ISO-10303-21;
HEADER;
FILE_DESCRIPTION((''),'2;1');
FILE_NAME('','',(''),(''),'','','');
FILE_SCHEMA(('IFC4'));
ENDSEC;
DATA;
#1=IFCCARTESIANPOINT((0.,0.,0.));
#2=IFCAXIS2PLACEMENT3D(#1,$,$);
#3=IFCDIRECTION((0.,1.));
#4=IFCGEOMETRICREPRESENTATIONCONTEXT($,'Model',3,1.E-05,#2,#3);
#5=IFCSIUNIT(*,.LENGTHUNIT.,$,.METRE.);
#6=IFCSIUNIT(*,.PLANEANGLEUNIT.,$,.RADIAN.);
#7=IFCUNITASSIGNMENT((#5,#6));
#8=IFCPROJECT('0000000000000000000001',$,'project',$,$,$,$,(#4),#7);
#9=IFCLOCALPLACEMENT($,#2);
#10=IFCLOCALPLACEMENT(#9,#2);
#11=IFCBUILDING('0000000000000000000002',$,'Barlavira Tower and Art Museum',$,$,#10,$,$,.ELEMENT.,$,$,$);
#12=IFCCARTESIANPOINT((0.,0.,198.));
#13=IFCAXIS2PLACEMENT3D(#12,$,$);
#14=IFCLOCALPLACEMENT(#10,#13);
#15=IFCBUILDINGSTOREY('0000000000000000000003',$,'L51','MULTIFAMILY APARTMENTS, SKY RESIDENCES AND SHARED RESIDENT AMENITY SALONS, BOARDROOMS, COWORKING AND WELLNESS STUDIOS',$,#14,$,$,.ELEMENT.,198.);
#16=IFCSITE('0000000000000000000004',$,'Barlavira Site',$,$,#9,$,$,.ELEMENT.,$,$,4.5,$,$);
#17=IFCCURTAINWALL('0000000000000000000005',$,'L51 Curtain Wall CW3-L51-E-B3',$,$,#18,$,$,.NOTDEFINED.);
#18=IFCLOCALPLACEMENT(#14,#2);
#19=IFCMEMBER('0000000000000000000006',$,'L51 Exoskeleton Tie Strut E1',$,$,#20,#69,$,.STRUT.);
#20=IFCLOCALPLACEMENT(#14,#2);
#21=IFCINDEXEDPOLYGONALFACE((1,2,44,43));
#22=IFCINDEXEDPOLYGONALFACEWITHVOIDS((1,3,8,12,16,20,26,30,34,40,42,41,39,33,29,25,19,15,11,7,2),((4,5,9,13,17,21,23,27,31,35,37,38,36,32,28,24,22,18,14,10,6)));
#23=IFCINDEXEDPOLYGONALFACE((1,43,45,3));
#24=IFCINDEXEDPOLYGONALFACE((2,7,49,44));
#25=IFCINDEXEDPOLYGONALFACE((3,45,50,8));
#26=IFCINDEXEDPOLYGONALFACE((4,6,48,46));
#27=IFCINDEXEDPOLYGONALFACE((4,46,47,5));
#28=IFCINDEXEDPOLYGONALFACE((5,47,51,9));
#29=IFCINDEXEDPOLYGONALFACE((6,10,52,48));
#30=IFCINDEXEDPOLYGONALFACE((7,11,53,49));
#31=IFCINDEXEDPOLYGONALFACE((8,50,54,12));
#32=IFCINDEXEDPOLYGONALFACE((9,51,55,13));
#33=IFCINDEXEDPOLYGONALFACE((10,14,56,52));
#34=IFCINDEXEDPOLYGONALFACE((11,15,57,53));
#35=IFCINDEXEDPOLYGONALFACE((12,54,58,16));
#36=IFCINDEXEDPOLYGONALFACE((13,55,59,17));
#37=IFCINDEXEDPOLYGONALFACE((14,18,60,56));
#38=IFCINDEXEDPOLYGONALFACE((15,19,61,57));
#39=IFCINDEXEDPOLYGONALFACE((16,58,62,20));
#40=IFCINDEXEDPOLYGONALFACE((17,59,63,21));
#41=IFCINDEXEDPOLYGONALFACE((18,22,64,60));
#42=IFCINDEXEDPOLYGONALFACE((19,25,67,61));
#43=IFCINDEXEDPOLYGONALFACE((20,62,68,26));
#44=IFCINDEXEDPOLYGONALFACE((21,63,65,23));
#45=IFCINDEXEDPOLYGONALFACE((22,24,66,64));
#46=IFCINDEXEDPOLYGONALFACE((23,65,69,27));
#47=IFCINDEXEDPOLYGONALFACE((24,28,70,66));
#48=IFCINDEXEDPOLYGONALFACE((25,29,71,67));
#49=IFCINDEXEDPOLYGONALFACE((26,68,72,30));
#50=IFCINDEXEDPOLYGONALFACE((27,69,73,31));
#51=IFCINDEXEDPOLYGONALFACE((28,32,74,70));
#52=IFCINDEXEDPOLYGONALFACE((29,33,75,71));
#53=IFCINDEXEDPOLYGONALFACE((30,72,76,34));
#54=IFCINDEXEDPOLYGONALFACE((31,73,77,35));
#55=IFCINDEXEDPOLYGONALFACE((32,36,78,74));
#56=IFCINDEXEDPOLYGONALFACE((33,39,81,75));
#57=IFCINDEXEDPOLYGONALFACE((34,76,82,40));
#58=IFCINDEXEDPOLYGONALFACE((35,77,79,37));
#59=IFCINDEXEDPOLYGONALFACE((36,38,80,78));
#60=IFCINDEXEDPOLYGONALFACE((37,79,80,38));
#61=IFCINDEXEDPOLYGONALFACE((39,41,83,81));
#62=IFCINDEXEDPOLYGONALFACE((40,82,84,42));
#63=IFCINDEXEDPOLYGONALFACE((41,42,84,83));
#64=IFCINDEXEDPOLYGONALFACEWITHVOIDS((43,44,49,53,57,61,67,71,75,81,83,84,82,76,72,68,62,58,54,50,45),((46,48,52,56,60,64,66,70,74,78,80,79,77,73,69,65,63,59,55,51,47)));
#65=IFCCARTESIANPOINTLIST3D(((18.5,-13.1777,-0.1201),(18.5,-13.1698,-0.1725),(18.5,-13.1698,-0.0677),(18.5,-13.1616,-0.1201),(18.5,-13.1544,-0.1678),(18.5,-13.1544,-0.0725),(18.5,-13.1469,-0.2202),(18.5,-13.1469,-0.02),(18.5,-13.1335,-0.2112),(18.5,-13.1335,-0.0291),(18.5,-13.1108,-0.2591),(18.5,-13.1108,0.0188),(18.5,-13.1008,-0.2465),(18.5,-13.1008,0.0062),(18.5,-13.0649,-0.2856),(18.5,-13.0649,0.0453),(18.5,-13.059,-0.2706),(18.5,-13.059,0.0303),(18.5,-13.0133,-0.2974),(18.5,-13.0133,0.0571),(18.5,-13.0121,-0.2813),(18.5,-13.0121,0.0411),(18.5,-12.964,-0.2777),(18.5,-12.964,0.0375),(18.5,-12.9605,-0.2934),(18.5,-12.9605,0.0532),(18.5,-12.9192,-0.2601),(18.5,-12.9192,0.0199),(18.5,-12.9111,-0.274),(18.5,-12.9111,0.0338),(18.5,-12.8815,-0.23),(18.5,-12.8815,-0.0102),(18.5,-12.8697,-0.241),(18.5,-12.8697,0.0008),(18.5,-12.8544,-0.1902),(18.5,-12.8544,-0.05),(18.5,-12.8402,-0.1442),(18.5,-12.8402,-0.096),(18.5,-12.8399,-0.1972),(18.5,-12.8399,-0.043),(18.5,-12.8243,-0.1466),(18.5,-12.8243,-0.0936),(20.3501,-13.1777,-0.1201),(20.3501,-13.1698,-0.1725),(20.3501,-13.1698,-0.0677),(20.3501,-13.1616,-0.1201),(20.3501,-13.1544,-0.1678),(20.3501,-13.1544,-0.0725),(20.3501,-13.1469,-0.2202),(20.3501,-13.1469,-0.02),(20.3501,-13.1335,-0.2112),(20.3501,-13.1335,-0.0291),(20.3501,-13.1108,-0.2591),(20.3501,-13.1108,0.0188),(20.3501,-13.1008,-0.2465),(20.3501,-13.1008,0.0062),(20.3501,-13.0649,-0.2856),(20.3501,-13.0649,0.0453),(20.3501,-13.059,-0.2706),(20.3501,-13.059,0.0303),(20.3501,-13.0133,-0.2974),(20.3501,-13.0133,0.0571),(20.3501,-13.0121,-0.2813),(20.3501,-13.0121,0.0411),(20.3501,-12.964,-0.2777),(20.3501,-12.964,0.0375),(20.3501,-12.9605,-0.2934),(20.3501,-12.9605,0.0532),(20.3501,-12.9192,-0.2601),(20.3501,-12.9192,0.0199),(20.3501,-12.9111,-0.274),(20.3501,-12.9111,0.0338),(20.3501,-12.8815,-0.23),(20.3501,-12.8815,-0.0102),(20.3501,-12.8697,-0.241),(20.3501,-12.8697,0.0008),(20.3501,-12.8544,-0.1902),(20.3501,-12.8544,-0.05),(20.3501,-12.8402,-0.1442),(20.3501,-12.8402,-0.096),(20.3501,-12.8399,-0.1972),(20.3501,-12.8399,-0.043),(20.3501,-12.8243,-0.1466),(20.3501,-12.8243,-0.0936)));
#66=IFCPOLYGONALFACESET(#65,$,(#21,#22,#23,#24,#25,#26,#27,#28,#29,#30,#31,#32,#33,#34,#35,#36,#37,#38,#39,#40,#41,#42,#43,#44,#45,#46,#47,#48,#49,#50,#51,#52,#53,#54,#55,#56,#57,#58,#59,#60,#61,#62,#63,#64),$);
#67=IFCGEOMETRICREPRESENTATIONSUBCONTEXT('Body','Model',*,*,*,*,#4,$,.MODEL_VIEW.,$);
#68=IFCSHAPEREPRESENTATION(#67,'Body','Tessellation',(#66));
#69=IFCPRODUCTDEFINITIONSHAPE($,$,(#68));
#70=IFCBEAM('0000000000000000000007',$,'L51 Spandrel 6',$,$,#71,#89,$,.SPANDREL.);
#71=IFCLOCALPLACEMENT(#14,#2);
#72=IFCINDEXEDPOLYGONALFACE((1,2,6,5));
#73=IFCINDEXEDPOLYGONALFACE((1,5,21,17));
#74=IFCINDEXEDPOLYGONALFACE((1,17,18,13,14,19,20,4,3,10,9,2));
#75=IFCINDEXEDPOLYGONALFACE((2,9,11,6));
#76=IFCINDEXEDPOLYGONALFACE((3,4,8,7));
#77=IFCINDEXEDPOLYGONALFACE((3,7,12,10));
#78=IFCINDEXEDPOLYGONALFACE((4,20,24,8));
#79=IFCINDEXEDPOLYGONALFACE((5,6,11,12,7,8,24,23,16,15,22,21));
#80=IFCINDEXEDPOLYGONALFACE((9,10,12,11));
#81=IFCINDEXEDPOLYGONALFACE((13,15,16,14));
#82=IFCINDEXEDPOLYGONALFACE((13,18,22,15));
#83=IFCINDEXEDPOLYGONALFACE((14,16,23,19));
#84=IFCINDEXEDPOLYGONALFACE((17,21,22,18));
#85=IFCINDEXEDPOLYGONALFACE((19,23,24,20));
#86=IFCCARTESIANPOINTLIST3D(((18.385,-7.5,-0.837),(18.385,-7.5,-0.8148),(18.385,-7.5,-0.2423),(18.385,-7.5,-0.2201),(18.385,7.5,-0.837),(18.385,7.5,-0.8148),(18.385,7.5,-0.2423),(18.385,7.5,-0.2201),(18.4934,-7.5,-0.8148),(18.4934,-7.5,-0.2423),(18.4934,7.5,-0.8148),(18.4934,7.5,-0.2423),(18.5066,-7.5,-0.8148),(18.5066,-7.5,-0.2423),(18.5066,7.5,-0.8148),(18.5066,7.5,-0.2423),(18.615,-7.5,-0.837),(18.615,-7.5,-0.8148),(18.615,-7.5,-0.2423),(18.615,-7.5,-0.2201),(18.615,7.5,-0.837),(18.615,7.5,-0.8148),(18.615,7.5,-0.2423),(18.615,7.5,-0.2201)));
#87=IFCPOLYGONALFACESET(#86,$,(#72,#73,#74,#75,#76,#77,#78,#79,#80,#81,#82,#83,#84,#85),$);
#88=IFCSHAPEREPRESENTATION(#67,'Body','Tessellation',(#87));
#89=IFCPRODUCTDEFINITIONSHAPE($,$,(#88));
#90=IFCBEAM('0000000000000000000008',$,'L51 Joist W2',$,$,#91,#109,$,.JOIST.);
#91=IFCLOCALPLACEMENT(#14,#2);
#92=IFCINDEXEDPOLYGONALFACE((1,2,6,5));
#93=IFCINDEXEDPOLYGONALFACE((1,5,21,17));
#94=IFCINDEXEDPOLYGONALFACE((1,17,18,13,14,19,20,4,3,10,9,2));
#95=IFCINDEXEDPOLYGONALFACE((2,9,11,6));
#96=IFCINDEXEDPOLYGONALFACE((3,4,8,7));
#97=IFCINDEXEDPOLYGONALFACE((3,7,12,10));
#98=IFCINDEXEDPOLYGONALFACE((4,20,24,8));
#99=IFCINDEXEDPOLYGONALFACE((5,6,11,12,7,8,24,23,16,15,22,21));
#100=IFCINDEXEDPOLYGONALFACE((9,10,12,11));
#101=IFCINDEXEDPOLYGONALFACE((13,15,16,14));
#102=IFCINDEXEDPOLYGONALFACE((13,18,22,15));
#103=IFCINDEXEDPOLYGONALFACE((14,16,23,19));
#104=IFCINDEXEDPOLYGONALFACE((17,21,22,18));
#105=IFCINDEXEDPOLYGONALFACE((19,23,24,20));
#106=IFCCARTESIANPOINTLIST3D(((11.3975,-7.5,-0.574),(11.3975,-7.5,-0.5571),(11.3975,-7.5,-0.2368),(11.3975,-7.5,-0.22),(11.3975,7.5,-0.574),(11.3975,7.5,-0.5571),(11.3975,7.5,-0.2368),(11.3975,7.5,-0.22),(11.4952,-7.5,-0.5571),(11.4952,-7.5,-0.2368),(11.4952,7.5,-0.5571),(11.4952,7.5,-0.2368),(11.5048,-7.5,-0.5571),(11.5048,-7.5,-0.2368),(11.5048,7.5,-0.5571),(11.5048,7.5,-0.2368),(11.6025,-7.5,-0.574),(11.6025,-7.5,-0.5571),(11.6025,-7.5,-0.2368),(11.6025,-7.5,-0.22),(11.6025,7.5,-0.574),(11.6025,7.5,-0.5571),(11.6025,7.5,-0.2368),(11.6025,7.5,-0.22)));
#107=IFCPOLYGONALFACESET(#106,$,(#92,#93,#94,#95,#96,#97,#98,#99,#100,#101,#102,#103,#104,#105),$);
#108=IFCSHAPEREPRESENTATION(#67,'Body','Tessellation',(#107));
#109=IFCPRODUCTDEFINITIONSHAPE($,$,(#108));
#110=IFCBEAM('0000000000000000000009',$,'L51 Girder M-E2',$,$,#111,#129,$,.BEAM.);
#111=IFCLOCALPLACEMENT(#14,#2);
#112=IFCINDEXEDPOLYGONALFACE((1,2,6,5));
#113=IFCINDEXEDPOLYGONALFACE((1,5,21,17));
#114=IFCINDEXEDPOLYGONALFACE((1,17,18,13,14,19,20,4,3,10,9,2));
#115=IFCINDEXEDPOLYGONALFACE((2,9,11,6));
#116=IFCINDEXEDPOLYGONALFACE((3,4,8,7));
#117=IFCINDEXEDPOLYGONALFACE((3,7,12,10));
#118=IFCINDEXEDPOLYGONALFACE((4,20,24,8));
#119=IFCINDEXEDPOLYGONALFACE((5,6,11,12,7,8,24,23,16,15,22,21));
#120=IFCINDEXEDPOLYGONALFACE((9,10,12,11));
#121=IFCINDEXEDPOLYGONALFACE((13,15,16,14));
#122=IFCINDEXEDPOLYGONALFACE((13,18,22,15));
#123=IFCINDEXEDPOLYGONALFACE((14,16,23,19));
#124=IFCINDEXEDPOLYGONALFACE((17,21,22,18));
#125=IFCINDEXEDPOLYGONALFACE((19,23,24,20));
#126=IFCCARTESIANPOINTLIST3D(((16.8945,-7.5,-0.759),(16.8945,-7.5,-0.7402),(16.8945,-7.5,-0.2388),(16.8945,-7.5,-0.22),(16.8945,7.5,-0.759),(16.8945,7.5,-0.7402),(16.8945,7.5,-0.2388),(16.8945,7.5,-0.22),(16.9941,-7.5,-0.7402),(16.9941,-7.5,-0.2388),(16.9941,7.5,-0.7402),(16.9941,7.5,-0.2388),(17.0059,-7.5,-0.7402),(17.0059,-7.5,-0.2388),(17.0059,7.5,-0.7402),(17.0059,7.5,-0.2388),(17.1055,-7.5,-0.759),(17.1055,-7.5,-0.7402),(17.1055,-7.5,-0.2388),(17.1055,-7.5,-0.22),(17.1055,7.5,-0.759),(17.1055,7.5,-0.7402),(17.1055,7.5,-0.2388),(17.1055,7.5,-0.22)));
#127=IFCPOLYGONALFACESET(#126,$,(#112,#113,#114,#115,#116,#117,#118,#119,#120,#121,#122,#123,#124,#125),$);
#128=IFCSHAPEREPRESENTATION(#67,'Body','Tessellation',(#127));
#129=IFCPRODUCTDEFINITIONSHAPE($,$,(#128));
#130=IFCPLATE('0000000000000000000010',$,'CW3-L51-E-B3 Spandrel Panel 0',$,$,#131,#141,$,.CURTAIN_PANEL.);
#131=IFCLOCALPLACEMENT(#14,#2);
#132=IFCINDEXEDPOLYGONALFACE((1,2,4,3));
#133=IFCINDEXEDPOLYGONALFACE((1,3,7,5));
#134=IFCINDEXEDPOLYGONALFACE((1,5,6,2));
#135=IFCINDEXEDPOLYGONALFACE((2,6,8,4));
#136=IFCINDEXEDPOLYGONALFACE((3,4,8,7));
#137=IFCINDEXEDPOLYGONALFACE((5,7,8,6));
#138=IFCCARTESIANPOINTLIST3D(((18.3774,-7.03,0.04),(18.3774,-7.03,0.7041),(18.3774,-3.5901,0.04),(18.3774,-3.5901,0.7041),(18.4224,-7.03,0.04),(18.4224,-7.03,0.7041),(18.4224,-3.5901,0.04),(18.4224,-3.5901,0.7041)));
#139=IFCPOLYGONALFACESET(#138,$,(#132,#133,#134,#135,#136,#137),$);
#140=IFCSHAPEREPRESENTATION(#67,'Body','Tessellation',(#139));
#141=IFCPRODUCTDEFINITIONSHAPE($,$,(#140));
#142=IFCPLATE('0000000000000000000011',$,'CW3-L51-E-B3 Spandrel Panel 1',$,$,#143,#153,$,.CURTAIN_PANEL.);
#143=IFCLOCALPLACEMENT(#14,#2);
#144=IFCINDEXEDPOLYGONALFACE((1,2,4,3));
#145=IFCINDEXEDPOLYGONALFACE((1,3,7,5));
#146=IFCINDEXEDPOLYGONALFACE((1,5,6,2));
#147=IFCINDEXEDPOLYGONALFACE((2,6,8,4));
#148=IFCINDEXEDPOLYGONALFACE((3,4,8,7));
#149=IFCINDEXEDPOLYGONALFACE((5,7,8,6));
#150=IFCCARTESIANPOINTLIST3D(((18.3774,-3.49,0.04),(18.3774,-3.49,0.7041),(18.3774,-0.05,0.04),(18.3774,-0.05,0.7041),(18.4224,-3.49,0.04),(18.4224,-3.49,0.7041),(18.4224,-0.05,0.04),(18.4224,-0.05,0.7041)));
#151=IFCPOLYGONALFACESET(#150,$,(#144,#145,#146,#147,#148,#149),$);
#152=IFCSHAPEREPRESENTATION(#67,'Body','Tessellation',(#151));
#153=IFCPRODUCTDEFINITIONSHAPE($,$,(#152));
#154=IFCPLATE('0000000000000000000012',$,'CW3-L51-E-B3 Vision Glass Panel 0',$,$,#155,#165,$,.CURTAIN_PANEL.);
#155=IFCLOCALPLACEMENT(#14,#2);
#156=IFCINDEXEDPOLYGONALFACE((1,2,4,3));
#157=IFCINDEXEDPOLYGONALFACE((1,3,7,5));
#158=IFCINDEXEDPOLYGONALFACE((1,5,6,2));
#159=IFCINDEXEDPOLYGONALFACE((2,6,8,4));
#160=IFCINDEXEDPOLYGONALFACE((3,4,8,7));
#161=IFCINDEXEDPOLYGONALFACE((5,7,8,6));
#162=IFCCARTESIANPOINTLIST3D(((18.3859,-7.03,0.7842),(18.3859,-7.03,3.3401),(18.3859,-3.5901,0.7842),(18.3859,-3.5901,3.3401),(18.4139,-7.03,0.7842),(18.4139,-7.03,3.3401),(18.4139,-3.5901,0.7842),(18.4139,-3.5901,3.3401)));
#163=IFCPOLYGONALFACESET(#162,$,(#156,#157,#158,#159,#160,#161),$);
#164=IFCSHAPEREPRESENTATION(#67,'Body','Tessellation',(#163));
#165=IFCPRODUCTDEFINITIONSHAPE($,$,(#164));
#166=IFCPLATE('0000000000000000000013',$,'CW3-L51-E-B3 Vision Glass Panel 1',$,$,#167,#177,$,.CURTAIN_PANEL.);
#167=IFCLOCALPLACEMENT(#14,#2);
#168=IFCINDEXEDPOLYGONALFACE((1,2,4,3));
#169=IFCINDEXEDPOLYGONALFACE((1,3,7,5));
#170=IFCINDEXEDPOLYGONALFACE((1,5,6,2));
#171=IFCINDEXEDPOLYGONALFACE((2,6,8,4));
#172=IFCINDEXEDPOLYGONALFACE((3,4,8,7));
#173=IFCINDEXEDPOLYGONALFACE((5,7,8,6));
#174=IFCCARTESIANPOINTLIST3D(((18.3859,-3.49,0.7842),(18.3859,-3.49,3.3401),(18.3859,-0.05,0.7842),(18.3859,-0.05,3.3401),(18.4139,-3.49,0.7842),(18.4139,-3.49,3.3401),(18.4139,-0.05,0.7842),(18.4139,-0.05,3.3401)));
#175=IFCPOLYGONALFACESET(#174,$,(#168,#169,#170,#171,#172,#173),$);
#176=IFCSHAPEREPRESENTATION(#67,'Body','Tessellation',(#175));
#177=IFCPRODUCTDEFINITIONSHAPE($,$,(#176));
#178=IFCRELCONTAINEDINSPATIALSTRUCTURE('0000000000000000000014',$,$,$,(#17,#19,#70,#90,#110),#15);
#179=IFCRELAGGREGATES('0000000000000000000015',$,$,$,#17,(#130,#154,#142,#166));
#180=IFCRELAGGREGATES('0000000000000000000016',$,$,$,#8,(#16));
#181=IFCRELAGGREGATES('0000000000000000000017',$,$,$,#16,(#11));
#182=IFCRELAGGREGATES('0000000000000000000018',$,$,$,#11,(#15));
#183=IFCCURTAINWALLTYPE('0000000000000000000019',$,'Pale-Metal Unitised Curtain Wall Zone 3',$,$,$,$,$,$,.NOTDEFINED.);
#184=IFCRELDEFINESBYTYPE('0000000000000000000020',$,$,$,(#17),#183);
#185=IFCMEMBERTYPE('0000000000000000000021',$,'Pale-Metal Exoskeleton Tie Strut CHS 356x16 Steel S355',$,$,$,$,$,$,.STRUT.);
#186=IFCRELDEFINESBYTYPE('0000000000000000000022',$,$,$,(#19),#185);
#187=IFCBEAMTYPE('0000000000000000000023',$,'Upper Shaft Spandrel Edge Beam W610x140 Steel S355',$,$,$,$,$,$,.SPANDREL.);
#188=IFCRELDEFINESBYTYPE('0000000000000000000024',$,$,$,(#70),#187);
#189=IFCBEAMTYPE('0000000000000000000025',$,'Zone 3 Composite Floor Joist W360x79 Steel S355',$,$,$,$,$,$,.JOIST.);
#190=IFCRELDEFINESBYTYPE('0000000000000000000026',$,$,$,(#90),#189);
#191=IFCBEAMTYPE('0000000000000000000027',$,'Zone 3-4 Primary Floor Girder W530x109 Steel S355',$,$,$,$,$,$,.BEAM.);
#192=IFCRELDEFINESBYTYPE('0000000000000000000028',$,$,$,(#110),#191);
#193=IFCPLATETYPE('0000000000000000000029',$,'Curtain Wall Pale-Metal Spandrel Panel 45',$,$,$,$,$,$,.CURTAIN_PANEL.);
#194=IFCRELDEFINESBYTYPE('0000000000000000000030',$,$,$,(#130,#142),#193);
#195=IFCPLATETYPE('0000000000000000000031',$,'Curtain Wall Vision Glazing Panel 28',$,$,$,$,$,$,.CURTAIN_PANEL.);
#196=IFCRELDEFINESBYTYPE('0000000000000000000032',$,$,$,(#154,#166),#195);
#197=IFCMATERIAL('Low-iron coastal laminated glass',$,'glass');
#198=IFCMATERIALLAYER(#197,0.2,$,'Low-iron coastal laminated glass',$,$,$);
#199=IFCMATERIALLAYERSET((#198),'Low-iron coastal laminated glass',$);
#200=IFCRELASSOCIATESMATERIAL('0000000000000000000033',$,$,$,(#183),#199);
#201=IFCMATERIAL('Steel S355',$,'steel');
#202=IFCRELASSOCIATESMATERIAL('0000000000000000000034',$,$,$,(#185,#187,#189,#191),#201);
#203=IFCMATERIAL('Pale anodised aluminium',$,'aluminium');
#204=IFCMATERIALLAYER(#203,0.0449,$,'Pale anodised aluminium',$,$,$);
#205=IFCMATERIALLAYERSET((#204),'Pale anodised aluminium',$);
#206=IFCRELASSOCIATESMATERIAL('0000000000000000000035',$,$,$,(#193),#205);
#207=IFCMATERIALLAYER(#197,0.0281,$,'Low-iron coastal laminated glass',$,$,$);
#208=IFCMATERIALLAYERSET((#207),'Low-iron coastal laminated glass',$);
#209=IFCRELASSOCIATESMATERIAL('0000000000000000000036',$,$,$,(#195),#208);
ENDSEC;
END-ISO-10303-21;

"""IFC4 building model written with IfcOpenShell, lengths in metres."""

from ifc_helpers import new_model, si_unit, direction, frame, origin, origin_2d, place, context, subcontext, project, spatial, rectangle, hollow_circle, i_section, extrude, material, layer, layer_set, material_profile, profile_set, type_object, element, aggregate, save


model = new_model("IFC4")

# Units and contexts
model_context = context("Model", 3, precision=1e-05, world=origin(), true_north=direction((0.0, 1.0)))
body_context = subcontext(model_context, "Body", "Model", "MODEL_VIEW")
ifc_project = project(units=[si_unit("LENGTHUNIT", "METRE"), si_unit("PLANEANGLEUNIT", "RADIAN")], contexts=[model_context])

# Site, building, storey
site_placement = place(None, origin())
site = spatial("IfcSite", under=ifc_project, at=site_placement, Name="Barlavira Site", CompositionType="ELEMENT", RefElevation=4.5)
building_placement = place(site_placement, origin())
building = spatial("IfcBuilding", under=site, at=building_placement, Name="Barlavira Tower and Art Museum", CompositionType="ELEMENT")
storey_placement = place(building_placement, frame((0.0, 0.0, 198.0)))
storey = spatial("IfcBuildingStorey", under=building, at=storey_placement, Name="L51", Description="MULTIFAMILY APARTMENTS, SKY RESIDENCES AND SHARED RESIDENT AMENITY SALONS, BOARDROOMS, COWORKING AND WELLNESS STUDIOS", CompositionType="ELEMENT", Elevation=198.0)

# Curtain wall
ifc_material_1 = material(Name="Low-iron coastal laminated glass", Category="glass")
ifc_layer_1 = layer(ifc_material_1, 0.2, Name="Low-iron coastal laminated glass")
ifc_layer_set_1 = layer_set([ifc_layer_1], Name="Low-iron coastal laminated glass")
curtain_wall_type = type_object("IfcCurtainWallType", Name="Pale-Metal Unitised Curtain Wall Zone 3", PredefinedType="NOTDEFINED", material=ifc_layer_set_1)
curtain_wall_placement = place(storey_placement, origin())
curtain_wall = element("IfcCurtainWall", 1, at=curtain_wall_placement, inside=storey, type_object=curtain_wall_type, Name="L51 Curtain Wall CW3-L51-E-B3", PredefinedType="NOTDEFINED")
ifc_material_2 = material(Name="Pale anodised aluminium", Category="aluminium")

# Member
ifc_material_3 = material(Name="Steel S355", Category="steel")
ifc_material_profile_1 = material_profile(ifc_material_3, hollow_circle(Radius=0.1777, WallThickness=0.0161, at=origin_2d()), Name="CHS 355.6x16.0")
ifc_profile_set_1 = profile_set([ifc_material_profile_1], Name="Steel S355")
member_type_1 = type_object("IfcMemberType", Name="Pale-Metal Exoskeleton Tie Strut CHS 356x16 Steel S355", PredefinedType="STRUT", material=ifc_profile_set_1)
member_1_placement = place(storey_placement, frame((20.3501, -13.0, -0.1201), z_axis=(-1.0, 0.0, 0.0), x_axis=(0.0, -1.0, 0.0)))
element("IfcMember", 2, at=member_1_placement, inside=storey, type_object=member_type_1, Name="L51 Exoskeleton Tie Strut E1", PredefinedType="STRUT", context=body_context, shape_type="SweptSolid", body=[
    extrude(hollow_circle(Radius=0.1777, WallThickness=0.0161, at=origin_2d()), origin(), (0.0, 0.0, 1.0), 1.8501),
])

# Beams
ifc_material_profile_2 = material_profile(ifc_material_3, i_section(OverallWidth=0.23, OverallDepth=0.6169, WebThickness=0.0132, FlangeThickness=0.0222, at=origin_2d()), Name="W610x140.0")
ifc_profile_set_2 = profile_set([ifc_material_profile_2], Name="Steel S355")
beam_type_1 = type_object("IfcBeamType", Name="Upper Shaft Spandrel Edge Beam W610x140 Steel S355", PredefinedType="SPANDREL", material=ifc_profile_set_2)
beam_1_placement = place(storey_placement, frame((18.5, -7.5, -0.5286), z_axis=(0.0, 1.0, 0.0), x_axis=(-1.0, 0.0, 0.0)))
element("IfcBeam", 3, at=beam_1_placement, inside=storey, type_object=beam_type_1, Name="L51 Spandrel 6", PredefinedType="SPANDREL", context=body_context, shape_type="SweptSolid", body=[
    extrude(i_section(OverallWidth=0.23, OverallDepth=0.6169, WebThickness=0.0132, FlangeThickness=0.0222, at=origin_2d()), origin(), (0.0, 0.0, 1.0), 15.0),
])
ifc_material_profile_3 = material_profile(ifc_material_3, i_section(OverallWidth=0.2051, OverallDepth=0.354, WebThickness=0.0095, FlangeThickness=0.0168, at=origin_2d()), Name="W360x79.0")
ifc_profile_set_3 = profile_set([ifc_material_profile_3], Name="Steel S355")
beam_type_2 = type_object("IfcBeamType", Name="Zone 3 Composite Floor Joist W360x79 Steel S355", PredefinedType="JOIST", material=ifc_profile_set_3)
beam_2_placement = place(storey_placement, frame((11.5, -7.5, -0.397), z_axis=(0.0, 1.0, 0.0), x_axis=(-1.0, 0.0, 0.0)))
element("IfcBeam", 4, at=beam_2_placement, inside=storey, type_object=beam_type_2, Name="L51 Joist W2", PredefinedType="JOIST", context=body_context, shape_type="SweptSolid", body=[
    extrude(i_section(OverallWidth=0.2051, OverallDepth=0.354, WebThickness=0.0095, FlangeThickness=0.0168, at=origin_2d()), origin(), (0.0, 0.0, 1.0), 15.0),
])
ifc_material_profile_4 = material_profile(ifc_material_3, i_section(OverallWidth=0.2109, OverallDepth=0.5391, WebThickness=0.0117, FlangeThickness=0.0188, at=origin_2d()), Name="W530x109.0")
ifc_profile_set_4 = profile_set([ifc_material_profile_4], Name="Steel S355")
beam_type_3 = type_object("IfcBeamType", Name="Zone 3-4 Primary Floor Girder W530x109 Steel S355", PredefinedType="BEAM", material=ifc_profile_set_4)
beam_3_placement = place(storey_placement, frame((17.0, -7.5, -0.4895), z_axis=(0.0, 1.0, 0.0), x_axis=(-1.0, 0.0, 0.0)))
element("IfcBeam", 5, at=beam_3_placement, inside=storey, type_object=beam_type_3, Name="L51 Girder M-E2", PredefinedType="BEAM", context=body_context, shape_type="SweptSolid", body=[
    extrude(i_section(OverallWidth=0.2109, OverallDepth=0.5391, WebThickness=0.0117, FlangeThickness=0.0188, at=origin_2d()), origin(), (0.0, 0.0, 1.0), 15.0),
])

# Plates
ifc_layer_2 = layer(ifc_material_2, 0.0449, Name="Pale anodised aluminium")
ifc_layer_set_2 = layer_set([ifc_layer_2], Name="Pale anodised aluminium")
plate_type_1 = type_object("IfcPlateType", Name="Curtain Wall Pale-Metal Spandrel Panel 45", PredefinedType="CURTAIN_PANEL", material=ifc_layer_set_2)
plate_1_placement = place(storey_placement, frame((18.3999, -5.3101, 0.04), z_axis=(0.0, 0.0, 1.0), x_axis=(0.0, 1.0, 0.0)))
plate_1 = element("IfcPlate", 6, at=plate_1_placement, type_object=plate_type_1, Name="CW3-L51-E-B3 Spandrel Panel 0", PredefinedType="CURTAIN_PANEL", context=body_context, shape_type="SweptSolid", body=[
    extrude(rectangle(XDim=3.4399, YDim=0.0449, at=origin_2d()), origin(), (0.0, 0.0, 1.0), 0.6641),
])
plate_2_placement = place(storey_placement, frame((18.3999, -1.77, 0.04), z_axis=(0.0, 0.0, 1.0), x_axis=(0.0, 1.0, 0.0)))
plate_2 = element("IfcPlate", 7, at=plate_2_placement, type_object=plate_type_1, Name="CW3-L51-E-B3 Spandrel Panel 1", PredefinedType="CURTAIN_PANEL", context=body_context, shape_type="SweptSolid", body=[
    extrude(rectangle(XDim=3.4399, YDim=0.0449, at=origin_2d()), origin(), (0.0, 0.0, 1.0), 0.6641),
])
ifc_layer_3 = layer(ifc_material_1, 0.0281, Name="Low-iron coastal laminated glass")
ifc_layer_set_3 = layer_set([ifc_layer_3], Name="Low-iron coastal laminated glass")
plate_type_2 = type_object("IfcPlateType", Name="Curtain Wall Vision Glazing Panel 28", PredefinedType="CURTAIN_PANEL", material=ifc_layer_set_3)
plate_3_placement = place(storey_placement, frame((18.3999, -5.3101, 0.7842), z_axis=(0.0, 0.0, 1.0), x_axis=(0.0, 1.0, 0.0)))
plate_3 = element("IfcPlate", 8, at=plate_3_placement, type_object=plate_type_2, Name="CW3-L51-E-B3 Vision Glass Panel 0", PredefinedType="CURTAIN_PANEL", context=body_context, shape_type="SweptSolid", body=[
    extrude(rectangle(XDim=3.4399, YDim=0.0281, at=origin_2d()), origin(), (0.0, 0.0, 1.0), 2.5559),
])
plate_4_placement = place(storey_placement, frame((18.3999, -1.77, 0.7842), z_axis=(0.0, 0.0, 1.0), x_axis=(0.0, 1.0, 0.0)))
plate_4 = element("IfcPlate", 9, at=plate_4_placement, type_object=plate_type_2, Name="CW3-L51-E-B3 Vision Glass Panel 1", PredefinedType="CURTAIN_PANEL", context=body_context, shape_type="SweptSolid", body=[
    extrude(rectangle(XDim=3.4399, YDim=0.0281, at=origin_2d()), origin(), (0.0, 0.0, 1.0), 2.5559),
])
aggregate(curtain_wall, [plate_1, plate_3, plate_2, plate_4])

save(model, "model.ifc")
